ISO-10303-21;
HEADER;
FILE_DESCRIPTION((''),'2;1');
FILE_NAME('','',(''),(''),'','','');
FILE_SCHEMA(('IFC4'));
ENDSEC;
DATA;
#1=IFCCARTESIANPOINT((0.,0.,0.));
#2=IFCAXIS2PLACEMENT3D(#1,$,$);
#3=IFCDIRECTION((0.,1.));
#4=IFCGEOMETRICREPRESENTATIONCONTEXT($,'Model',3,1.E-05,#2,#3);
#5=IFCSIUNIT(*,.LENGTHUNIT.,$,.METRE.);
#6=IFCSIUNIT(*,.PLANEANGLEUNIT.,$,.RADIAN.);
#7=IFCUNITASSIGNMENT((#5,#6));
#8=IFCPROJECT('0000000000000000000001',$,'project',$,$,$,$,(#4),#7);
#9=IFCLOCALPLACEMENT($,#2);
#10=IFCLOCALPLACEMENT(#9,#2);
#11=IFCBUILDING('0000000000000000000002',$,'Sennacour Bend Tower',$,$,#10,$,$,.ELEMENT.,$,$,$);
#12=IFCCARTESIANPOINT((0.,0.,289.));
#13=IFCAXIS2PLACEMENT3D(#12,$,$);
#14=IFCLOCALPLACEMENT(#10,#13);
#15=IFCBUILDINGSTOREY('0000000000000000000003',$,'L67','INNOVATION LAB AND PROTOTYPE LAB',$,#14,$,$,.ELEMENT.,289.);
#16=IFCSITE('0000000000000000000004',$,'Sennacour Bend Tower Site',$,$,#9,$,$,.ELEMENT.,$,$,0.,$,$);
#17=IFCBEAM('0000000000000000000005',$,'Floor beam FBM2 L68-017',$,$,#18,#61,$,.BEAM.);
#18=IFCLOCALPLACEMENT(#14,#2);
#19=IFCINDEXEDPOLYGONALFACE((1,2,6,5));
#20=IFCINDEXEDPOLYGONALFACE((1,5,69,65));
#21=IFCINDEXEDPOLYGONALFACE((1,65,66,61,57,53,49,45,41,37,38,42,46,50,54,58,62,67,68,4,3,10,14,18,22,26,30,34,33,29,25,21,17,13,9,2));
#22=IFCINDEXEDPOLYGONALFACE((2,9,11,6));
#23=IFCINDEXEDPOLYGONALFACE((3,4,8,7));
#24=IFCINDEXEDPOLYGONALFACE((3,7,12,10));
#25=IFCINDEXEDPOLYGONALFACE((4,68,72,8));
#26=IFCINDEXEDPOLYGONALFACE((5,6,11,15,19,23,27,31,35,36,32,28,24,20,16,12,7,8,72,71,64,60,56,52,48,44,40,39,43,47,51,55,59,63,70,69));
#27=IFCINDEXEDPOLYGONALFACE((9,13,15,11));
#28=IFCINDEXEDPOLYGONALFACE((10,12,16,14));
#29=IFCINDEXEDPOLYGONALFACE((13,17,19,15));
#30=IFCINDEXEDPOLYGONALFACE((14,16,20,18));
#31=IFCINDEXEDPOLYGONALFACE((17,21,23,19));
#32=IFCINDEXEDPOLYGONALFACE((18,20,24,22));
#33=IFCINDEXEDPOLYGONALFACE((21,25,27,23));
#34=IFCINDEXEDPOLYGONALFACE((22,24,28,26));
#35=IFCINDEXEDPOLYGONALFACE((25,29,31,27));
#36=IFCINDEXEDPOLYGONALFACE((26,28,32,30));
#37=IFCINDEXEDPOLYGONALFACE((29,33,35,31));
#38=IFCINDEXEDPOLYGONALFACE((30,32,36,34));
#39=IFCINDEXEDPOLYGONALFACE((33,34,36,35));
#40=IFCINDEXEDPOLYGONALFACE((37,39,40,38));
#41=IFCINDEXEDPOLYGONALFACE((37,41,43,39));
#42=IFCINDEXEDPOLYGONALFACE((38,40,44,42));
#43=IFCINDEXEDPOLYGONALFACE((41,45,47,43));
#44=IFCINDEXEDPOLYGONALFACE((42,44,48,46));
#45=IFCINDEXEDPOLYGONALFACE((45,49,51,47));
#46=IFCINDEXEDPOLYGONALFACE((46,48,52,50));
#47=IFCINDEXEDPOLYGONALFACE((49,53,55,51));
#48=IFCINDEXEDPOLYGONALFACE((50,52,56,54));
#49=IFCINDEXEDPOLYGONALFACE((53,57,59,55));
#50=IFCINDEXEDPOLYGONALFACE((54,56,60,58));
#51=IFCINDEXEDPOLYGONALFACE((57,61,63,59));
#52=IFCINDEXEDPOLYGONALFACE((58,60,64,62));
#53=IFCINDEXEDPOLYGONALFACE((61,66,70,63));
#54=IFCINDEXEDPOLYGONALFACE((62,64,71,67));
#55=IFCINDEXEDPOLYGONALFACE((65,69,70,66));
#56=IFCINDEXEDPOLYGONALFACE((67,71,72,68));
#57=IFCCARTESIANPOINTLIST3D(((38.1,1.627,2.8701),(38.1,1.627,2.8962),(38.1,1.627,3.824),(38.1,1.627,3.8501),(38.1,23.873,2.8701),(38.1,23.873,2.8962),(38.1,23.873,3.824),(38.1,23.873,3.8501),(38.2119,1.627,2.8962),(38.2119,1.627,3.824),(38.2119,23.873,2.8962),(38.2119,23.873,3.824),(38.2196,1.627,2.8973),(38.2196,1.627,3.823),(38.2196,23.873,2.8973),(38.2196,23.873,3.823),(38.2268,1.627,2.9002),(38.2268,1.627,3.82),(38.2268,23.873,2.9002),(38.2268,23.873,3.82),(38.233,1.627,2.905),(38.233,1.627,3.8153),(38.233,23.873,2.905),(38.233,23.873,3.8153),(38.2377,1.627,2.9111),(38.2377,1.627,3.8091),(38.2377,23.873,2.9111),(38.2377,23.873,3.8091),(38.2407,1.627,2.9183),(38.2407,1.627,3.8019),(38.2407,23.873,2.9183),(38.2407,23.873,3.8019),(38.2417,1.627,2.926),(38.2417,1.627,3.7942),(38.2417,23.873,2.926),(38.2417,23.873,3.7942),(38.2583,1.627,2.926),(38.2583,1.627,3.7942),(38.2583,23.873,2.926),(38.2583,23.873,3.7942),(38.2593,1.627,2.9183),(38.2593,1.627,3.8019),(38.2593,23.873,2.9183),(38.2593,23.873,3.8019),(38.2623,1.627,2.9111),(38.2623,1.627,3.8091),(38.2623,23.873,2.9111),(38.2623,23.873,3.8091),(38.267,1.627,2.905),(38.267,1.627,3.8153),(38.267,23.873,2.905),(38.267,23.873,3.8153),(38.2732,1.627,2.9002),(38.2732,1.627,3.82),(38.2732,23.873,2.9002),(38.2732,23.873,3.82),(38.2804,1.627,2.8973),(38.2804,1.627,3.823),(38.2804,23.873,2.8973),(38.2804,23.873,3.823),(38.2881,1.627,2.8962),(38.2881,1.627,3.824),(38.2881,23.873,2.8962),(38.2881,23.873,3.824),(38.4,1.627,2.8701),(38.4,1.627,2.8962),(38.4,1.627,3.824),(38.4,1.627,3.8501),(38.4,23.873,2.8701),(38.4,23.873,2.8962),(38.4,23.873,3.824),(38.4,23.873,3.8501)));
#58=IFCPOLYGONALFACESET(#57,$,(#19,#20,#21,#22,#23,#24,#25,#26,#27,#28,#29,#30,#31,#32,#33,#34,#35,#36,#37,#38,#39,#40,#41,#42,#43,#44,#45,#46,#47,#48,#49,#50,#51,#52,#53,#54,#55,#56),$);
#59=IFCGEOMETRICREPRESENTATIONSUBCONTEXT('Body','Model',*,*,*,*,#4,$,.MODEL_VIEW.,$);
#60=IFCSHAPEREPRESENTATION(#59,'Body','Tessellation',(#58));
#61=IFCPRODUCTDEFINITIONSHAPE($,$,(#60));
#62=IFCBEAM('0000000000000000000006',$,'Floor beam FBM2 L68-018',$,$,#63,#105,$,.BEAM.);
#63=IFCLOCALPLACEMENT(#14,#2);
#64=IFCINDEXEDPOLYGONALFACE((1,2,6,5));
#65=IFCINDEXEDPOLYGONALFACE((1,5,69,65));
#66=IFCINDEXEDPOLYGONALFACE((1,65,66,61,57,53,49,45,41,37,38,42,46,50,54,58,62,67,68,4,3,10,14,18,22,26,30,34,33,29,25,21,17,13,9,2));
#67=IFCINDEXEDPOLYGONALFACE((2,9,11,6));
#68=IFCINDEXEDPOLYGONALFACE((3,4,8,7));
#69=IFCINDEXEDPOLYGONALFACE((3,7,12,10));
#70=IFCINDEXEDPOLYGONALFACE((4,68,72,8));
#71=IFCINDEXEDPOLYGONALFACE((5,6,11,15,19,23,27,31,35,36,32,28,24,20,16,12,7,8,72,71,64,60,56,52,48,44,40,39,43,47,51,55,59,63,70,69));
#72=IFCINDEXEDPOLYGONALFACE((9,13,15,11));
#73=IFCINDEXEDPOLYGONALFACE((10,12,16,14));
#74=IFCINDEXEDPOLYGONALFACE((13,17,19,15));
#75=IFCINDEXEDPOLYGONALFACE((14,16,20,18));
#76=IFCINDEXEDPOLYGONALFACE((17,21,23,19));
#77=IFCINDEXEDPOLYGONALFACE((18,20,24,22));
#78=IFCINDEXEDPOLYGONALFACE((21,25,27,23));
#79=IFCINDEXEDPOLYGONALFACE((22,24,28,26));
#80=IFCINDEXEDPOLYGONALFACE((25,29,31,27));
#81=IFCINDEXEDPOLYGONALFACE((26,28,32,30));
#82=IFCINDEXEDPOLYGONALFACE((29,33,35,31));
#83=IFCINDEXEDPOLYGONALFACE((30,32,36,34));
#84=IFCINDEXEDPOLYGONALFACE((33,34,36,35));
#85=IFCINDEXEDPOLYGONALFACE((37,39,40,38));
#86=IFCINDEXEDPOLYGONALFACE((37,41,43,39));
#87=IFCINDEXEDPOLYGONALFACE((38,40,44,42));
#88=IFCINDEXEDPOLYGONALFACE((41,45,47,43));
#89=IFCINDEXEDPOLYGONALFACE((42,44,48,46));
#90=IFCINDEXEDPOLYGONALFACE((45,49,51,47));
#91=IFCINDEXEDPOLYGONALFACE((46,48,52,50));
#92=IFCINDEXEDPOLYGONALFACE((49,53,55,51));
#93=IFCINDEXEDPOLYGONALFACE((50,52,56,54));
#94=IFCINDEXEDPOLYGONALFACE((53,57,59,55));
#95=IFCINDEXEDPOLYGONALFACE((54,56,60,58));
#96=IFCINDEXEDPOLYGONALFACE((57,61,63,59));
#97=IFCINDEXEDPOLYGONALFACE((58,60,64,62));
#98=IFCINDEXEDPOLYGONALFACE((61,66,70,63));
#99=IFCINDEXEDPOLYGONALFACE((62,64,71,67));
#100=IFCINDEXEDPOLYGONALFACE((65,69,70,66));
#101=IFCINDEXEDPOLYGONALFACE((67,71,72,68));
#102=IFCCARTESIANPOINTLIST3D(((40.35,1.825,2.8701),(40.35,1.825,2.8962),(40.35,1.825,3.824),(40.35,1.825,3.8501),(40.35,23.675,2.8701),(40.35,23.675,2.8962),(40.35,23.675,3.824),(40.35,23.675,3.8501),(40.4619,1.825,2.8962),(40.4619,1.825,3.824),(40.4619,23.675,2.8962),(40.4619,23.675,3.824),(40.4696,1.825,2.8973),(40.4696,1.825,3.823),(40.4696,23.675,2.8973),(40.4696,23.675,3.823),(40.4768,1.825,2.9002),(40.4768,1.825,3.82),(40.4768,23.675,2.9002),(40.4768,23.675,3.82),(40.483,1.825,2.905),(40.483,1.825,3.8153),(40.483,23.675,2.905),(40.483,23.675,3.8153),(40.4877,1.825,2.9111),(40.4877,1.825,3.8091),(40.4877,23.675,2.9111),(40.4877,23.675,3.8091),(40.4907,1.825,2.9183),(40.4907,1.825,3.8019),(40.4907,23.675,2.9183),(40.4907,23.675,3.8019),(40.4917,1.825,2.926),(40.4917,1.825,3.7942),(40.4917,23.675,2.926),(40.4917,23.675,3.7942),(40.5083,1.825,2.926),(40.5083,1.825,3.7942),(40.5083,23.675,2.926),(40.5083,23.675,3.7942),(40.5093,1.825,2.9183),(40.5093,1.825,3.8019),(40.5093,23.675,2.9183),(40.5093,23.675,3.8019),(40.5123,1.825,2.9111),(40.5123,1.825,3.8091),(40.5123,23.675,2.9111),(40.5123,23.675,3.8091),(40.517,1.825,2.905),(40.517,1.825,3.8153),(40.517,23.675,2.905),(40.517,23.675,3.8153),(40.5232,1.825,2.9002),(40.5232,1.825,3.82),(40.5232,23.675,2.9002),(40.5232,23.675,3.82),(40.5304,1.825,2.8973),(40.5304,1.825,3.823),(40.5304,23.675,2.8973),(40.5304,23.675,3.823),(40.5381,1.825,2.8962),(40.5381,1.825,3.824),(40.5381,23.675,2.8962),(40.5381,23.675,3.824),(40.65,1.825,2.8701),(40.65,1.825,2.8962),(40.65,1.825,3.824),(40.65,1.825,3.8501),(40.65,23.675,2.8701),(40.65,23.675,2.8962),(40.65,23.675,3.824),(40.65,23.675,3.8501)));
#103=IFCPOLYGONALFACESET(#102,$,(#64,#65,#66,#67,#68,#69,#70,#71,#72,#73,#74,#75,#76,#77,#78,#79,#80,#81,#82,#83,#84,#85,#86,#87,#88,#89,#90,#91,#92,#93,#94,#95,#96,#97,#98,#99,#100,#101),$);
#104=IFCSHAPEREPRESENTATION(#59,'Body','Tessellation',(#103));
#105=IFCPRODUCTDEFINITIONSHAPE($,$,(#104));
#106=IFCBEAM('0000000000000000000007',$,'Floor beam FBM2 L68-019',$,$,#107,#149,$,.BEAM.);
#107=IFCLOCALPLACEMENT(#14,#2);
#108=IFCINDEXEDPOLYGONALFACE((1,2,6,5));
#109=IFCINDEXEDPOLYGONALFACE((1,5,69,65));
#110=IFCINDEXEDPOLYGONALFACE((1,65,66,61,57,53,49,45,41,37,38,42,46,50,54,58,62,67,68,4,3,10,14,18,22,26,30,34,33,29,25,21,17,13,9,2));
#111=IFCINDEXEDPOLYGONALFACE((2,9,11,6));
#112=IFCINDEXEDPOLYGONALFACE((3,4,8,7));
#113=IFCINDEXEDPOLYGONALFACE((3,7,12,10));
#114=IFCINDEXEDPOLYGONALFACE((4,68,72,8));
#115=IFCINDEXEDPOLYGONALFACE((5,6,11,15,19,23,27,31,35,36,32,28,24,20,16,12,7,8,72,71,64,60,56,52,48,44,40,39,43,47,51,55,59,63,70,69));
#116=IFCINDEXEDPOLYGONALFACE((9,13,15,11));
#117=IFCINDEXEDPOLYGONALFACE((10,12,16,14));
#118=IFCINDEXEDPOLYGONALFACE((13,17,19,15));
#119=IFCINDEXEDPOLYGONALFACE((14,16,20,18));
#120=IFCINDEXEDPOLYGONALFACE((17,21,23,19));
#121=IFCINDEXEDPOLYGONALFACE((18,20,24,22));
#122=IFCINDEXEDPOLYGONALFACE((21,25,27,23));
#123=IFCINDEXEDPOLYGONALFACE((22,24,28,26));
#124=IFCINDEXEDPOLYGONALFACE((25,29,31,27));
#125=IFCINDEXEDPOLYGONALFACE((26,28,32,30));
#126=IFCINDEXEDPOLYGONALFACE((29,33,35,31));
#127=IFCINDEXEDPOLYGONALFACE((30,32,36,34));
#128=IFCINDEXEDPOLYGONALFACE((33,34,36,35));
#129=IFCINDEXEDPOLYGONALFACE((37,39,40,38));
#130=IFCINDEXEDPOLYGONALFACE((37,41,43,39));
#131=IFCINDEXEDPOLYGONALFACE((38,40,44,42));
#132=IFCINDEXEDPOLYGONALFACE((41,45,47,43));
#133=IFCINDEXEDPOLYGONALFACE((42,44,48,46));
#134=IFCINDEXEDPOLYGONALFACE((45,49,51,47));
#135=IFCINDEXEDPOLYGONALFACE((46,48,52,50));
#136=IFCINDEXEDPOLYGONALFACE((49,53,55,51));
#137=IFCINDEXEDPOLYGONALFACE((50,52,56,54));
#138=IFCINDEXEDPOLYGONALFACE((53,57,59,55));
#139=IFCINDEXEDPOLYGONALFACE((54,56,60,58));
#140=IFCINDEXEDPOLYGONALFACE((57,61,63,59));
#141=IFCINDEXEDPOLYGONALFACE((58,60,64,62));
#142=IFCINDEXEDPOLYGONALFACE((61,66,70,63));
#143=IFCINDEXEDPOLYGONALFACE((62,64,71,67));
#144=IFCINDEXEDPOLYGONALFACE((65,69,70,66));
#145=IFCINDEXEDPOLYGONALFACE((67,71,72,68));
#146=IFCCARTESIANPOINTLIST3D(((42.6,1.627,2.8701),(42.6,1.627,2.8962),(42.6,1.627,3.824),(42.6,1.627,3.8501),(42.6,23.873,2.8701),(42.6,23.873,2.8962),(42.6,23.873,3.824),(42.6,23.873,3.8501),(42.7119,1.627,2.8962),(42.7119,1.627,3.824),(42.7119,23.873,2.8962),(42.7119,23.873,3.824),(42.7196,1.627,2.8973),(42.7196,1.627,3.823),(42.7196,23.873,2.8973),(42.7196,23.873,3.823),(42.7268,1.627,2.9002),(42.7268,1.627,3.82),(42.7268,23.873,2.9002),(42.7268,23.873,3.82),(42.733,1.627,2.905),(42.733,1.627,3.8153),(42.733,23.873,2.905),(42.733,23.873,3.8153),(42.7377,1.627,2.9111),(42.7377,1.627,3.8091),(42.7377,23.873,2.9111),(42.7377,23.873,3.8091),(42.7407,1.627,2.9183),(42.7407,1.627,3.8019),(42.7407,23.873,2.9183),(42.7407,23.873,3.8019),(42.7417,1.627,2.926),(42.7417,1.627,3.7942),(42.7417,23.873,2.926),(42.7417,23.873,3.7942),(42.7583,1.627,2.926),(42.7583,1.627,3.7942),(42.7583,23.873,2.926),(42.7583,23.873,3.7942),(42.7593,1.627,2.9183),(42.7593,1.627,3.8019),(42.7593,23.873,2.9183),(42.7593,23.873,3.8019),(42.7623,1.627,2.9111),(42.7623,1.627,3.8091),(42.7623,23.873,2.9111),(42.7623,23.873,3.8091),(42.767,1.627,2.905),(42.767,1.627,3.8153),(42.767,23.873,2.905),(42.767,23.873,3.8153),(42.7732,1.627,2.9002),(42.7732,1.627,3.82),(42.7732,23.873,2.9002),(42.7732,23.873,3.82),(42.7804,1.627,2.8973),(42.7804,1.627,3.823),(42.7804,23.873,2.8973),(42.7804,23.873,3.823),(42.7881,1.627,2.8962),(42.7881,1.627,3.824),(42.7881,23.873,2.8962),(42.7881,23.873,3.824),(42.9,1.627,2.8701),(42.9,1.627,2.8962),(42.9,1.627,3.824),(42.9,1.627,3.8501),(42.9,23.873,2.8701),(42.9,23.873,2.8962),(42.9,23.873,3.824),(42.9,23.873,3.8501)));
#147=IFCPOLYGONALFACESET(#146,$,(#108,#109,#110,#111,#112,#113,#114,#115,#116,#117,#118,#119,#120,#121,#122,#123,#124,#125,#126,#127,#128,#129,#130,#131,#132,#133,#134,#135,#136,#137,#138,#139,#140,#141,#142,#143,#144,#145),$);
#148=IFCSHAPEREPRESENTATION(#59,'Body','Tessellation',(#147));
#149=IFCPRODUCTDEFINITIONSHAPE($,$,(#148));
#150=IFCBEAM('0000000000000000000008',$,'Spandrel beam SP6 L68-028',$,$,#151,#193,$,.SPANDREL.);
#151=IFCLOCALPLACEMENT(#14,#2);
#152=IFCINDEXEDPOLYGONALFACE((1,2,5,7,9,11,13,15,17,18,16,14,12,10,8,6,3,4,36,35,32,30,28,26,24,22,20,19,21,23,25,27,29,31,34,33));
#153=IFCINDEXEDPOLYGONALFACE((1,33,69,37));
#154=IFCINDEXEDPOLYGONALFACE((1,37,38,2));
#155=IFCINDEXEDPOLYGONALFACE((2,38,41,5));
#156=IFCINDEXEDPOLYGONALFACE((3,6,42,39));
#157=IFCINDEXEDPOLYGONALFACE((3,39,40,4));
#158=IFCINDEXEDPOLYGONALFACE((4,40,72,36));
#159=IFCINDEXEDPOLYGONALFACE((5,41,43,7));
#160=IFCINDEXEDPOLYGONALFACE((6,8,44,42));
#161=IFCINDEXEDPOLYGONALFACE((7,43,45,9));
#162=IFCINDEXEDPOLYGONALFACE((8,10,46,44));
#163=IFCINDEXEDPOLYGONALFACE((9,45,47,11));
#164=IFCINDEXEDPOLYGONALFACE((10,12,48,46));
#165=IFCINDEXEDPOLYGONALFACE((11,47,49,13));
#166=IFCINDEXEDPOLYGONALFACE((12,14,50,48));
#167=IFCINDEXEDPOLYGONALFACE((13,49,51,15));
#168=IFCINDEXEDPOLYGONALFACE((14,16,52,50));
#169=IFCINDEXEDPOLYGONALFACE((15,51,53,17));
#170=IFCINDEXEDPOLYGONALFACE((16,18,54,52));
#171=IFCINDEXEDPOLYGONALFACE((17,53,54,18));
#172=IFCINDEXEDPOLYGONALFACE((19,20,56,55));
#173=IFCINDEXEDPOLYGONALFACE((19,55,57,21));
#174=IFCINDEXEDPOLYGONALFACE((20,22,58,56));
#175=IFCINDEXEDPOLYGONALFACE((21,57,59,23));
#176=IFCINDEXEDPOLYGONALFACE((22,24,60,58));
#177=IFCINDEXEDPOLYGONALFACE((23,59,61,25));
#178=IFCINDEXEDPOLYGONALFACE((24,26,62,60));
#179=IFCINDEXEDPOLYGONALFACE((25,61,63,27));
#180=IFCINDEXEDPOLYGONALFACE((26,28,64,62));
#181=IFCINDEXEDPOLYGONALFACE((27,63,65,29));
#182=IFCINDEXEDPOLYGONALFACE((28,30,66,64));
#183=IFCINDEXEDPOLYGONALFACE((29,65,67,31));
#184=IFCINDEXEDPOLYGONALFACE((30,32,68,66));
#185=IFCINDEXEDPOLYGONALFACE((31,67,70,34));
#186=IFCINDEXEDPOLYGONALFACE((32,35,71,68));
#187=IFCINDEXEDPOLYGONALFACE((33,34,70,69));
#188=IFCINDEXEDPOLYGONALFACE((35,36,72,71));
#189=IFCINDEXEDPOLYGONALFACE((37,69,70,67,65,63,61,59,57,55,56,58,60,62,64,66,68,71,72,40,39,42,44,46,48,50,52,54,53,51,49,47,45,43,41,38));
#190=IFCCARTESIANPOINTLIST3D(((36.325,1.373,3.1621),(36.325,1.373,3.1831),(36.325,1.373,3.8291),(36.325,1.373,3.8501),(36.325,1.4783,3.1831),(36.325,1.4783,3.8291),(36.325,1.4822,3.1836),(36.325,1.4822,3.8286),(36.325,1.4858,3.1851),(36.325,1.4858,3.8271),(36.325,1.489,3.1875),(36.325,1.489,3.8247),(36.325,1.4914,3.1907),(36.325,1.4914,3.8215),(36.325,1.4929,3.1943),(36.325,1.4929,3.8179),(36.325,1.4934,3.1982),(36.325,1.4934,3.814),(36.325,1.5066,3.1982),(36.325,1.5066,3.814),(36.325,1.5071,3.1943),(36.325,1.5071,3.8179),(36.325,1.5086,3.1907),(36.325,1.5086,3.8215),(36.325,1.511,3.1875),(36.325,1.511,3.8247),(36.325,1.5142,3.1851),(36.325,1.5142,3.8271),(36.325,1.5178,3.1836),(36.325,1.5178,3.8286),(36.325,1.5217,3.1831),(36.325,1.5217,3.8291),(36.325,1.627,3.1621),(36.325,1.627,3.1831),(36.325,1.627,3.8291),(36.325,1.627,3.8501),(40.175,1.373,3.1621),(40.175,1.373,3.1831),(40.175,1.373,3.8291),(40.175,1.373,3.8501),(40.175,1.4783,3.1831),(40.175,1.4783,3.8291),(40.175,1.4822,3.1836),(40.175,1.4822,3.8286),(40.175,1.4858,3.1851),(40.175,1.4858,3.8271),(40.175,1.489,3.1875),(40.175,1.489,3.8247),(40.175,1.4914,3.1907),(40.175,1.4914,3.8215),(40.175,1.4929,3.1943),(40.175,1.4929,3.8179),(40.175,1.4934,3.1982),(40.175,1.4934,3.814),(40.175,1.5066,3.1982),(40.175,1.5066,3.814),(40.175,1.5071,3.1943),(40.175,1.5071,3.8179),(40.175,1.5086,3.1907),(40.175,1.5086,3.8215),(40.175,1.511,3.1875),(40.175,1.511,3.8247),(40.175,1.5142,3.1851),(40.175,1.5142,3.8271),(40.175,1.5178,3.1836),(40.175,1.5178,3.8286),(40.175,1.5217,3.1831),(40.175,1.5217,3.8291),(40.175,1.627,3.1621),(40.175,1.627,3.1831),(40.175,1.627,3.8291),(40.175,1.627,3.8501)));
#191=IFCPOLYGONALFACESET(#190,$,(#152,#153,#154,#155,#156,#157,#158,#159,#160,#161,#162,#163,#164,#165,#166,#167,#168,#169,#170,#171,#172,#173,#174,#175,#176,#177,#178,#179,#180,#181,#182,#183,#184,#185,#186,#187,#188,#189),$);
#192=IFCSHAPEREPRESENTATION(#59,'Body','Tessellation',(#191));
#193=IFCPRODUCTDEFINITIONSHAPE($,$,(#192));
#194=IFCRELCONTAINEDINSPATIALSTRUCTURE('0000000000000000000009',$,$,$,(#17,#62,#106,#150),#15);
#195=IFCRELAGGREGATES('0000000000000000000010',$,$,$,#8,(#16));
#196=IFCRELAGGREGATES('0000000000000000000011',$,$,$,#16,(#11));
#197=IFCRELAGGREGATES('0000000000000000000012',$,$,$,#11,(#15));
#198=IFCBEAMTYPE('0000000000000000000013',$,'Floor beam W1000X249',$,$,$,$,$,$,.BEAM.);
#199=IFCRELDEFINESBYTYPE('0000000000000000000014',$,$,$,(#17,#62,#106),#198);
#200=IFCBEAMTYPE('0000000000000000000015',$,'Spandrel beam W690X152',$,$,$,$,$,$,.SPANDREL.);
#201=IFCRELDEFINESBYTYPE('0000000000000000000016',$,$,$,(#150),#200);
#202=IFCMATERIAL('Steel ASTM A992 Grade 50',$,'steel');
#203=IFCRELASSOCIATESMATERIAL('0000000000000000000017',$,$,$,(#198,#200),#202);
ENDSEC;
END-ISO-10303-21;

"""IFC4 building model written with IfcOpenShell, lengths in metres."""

from ifc_helpers import new_model, si_unit, direction, frame, origin, origin_2d, place, context, subcontext, project, spatial, i_section, extrude, material, material_profile, profile_set, type_object, element, save


model = new_model("IFC4")

# Units and contexts
model_context = context("Model", 3, precision=1e-05, world=origin(), true_north=direction((0.0, 1.0)))
body_context = subcontext(model_context, "Body", "Model", "MODEL_VIEW")
ifc_project = project(units=[si_unit("LENGTHUNIT", "METRE"), si_unit("PLANEANGLEUNIT", "RADIAN")], contexts=[model_context])

# Site, building, storey
site_placement = place(None, origin())
site = spatial("IfcSite", under=ifc_project, at=site_placement, Name="Sennacour Bend Tower Site", CompositionType="ELEMENT", RefElevation=0.0)
building_placement = place(site_placement, origin())
building = spatial("IfcBuilding", under=site, at=building_placement, Name="Sennacour Bend Tower", CompositionType="ELEMENT")
storey_placement = place(building_placement, frame((0.0, 0.0, 289.0)))
storey = spatial("IfcBuildingStorey", under=building, at=storey_placement, Name="L67", Description="INNOVATION LAB AND PROTOTYPE LAB", CompositionType="ELEMENT", Elevation=289.0)

# Beams
ifc_material_1 = material(Name="Steel ASTM A992 Grade 50", Category="steel")
ifc_material_profile_1 = material_profile(ifc_material_1, i_section(OverallWidth=0.3, OverallDepth=0.98, WebThickness=0.0166, FlangeThickness=0.0261, FilletRadius=0.0298, at=origin_2d()), Name="Steel ASTM A992 Grade 50", Category="steel")
ifc_profile_set_1 = profile_set([ifc_material_profile_1], Name="Steel ASTM A992 Grade 50")
beam_type_1 = type_object("IfcBeamType", Name="Floor beam W1000X249", PredefinedType="BEAM", material=ifc_profile_set_1)
beam_1_placement = place(storey_placement, frame((38.25, 1.627, 3.3601), z_axis=(0.0, 1.0, 0.0), x_axis=(-1.0, 0.0, 0.0)))
element("IfcBeam", 1, at=beam_1_placement, inside=storey, type_object=beam_type_1, Name="Floor beam FBM2 L68-017", PredefinedType="BEAM", context=body_context, shape_type="SweptSolid", body=[
    extrude(i_section(OverallWidth=0.3, OverallDepth=0.98, WebThickness=0.0166, FlangeThickness=0.0261, FilletRadius=0.0298, at=origin_2d()), origin(), (0.0, 0.0, 1.0), 22.2461),
])
beam_2_placement = place(storey_placement, frame((40.5, 1.825, 3.3601), z_axis=(0.0, 1.0, 0.0), x_axis=(-1.0, 0.0, 0.0)))
element("IfcBeam", 2, at=beam_2_placement, inside=storey, type_object=beam_type_1, Name="Floor beam FBM2 L68-018", PredefinedType="BEAM", context=body_context, shape_type="SweptSolid", body=[
    extrude(i_section(OverallWidth=0.3, OverallDepth=0.98, WebThickness=0.0166, FlangeThickness=0.0261, FilletRadius=0.0298, at=origin_2d()), origin(), (0.0, 0.0, 1.0), 21.8501),
])
beam_3_placement = place(storey_placement, frame((42.75, 1.627, 3.3601), z_axis=(0.0, 1.0, 0.0), x_axis=(-1.0, 0.0, 0.0)))
element("IfcBeam", 3, at=beam_3_placement, inside=storey, type_object=beam_type_1, Name="Floor beam FBM2 L68-019", PredefinedType="BEAM", context=body_context, shape_type="SweptSolid", body=[
    extrude(i_section(OverallWidth=0.3, OverallDepth=0.98, WebThickness=0.0166, FlangeThickness=0.0261, FilletRadius=0.0298, at=origin_2d()), origin(), (0.0, 0.0, 1.0), 22.2461),
])
ifc_material_profile_2 = material_profile(ifc_material_1, i_section(OverallWidth=0.2539, OverallDepth=0.688, WebThickness=0.0132, FlangeThickness=0.021, FilletRadius=0.0151, at=origin_2d()), Name="Steel ASTM A992 Grade 50", Category="steel")
ifc_profile_set_2 = profile_set([ifc_material_profile_2], Name="Steel ASTM A992 Grade 50")
beam_type_2 = type_object("IfcBeamType", Name="Spandrel beam W690X152", PredefinedType="SPANDREL", material=ifc_profile_set_2)
for number, where, z_axis, x_axis, name in (
    (4, (40.175, 1.5, 3.5061), (-1.0, 0.0, 0.0), (0.0, -1.0, 0.0), "Spandrel beam SP6 L68-028"),
):
    element("IfcBeam", number, at=place(storey_placement, frame(where, z_axis=z_axis, x_axis=x_axis)), inside=storey, type_object=beam_type_2, Name=name, PredefinedType="SPANDREL", context=body_context, shape_type="SweptSolid", body=[
        extrude(i_section(OverallWidth=0.2539, OverallDepth=0.688, WebThickness=0.0132, FlangeThickness=0.021, FilletRadius=0.0151, at=origin_2d()), origin(), (0.0, 0.0, 1.0), 3.8501),
    ])

save(model, "model.ifc")
